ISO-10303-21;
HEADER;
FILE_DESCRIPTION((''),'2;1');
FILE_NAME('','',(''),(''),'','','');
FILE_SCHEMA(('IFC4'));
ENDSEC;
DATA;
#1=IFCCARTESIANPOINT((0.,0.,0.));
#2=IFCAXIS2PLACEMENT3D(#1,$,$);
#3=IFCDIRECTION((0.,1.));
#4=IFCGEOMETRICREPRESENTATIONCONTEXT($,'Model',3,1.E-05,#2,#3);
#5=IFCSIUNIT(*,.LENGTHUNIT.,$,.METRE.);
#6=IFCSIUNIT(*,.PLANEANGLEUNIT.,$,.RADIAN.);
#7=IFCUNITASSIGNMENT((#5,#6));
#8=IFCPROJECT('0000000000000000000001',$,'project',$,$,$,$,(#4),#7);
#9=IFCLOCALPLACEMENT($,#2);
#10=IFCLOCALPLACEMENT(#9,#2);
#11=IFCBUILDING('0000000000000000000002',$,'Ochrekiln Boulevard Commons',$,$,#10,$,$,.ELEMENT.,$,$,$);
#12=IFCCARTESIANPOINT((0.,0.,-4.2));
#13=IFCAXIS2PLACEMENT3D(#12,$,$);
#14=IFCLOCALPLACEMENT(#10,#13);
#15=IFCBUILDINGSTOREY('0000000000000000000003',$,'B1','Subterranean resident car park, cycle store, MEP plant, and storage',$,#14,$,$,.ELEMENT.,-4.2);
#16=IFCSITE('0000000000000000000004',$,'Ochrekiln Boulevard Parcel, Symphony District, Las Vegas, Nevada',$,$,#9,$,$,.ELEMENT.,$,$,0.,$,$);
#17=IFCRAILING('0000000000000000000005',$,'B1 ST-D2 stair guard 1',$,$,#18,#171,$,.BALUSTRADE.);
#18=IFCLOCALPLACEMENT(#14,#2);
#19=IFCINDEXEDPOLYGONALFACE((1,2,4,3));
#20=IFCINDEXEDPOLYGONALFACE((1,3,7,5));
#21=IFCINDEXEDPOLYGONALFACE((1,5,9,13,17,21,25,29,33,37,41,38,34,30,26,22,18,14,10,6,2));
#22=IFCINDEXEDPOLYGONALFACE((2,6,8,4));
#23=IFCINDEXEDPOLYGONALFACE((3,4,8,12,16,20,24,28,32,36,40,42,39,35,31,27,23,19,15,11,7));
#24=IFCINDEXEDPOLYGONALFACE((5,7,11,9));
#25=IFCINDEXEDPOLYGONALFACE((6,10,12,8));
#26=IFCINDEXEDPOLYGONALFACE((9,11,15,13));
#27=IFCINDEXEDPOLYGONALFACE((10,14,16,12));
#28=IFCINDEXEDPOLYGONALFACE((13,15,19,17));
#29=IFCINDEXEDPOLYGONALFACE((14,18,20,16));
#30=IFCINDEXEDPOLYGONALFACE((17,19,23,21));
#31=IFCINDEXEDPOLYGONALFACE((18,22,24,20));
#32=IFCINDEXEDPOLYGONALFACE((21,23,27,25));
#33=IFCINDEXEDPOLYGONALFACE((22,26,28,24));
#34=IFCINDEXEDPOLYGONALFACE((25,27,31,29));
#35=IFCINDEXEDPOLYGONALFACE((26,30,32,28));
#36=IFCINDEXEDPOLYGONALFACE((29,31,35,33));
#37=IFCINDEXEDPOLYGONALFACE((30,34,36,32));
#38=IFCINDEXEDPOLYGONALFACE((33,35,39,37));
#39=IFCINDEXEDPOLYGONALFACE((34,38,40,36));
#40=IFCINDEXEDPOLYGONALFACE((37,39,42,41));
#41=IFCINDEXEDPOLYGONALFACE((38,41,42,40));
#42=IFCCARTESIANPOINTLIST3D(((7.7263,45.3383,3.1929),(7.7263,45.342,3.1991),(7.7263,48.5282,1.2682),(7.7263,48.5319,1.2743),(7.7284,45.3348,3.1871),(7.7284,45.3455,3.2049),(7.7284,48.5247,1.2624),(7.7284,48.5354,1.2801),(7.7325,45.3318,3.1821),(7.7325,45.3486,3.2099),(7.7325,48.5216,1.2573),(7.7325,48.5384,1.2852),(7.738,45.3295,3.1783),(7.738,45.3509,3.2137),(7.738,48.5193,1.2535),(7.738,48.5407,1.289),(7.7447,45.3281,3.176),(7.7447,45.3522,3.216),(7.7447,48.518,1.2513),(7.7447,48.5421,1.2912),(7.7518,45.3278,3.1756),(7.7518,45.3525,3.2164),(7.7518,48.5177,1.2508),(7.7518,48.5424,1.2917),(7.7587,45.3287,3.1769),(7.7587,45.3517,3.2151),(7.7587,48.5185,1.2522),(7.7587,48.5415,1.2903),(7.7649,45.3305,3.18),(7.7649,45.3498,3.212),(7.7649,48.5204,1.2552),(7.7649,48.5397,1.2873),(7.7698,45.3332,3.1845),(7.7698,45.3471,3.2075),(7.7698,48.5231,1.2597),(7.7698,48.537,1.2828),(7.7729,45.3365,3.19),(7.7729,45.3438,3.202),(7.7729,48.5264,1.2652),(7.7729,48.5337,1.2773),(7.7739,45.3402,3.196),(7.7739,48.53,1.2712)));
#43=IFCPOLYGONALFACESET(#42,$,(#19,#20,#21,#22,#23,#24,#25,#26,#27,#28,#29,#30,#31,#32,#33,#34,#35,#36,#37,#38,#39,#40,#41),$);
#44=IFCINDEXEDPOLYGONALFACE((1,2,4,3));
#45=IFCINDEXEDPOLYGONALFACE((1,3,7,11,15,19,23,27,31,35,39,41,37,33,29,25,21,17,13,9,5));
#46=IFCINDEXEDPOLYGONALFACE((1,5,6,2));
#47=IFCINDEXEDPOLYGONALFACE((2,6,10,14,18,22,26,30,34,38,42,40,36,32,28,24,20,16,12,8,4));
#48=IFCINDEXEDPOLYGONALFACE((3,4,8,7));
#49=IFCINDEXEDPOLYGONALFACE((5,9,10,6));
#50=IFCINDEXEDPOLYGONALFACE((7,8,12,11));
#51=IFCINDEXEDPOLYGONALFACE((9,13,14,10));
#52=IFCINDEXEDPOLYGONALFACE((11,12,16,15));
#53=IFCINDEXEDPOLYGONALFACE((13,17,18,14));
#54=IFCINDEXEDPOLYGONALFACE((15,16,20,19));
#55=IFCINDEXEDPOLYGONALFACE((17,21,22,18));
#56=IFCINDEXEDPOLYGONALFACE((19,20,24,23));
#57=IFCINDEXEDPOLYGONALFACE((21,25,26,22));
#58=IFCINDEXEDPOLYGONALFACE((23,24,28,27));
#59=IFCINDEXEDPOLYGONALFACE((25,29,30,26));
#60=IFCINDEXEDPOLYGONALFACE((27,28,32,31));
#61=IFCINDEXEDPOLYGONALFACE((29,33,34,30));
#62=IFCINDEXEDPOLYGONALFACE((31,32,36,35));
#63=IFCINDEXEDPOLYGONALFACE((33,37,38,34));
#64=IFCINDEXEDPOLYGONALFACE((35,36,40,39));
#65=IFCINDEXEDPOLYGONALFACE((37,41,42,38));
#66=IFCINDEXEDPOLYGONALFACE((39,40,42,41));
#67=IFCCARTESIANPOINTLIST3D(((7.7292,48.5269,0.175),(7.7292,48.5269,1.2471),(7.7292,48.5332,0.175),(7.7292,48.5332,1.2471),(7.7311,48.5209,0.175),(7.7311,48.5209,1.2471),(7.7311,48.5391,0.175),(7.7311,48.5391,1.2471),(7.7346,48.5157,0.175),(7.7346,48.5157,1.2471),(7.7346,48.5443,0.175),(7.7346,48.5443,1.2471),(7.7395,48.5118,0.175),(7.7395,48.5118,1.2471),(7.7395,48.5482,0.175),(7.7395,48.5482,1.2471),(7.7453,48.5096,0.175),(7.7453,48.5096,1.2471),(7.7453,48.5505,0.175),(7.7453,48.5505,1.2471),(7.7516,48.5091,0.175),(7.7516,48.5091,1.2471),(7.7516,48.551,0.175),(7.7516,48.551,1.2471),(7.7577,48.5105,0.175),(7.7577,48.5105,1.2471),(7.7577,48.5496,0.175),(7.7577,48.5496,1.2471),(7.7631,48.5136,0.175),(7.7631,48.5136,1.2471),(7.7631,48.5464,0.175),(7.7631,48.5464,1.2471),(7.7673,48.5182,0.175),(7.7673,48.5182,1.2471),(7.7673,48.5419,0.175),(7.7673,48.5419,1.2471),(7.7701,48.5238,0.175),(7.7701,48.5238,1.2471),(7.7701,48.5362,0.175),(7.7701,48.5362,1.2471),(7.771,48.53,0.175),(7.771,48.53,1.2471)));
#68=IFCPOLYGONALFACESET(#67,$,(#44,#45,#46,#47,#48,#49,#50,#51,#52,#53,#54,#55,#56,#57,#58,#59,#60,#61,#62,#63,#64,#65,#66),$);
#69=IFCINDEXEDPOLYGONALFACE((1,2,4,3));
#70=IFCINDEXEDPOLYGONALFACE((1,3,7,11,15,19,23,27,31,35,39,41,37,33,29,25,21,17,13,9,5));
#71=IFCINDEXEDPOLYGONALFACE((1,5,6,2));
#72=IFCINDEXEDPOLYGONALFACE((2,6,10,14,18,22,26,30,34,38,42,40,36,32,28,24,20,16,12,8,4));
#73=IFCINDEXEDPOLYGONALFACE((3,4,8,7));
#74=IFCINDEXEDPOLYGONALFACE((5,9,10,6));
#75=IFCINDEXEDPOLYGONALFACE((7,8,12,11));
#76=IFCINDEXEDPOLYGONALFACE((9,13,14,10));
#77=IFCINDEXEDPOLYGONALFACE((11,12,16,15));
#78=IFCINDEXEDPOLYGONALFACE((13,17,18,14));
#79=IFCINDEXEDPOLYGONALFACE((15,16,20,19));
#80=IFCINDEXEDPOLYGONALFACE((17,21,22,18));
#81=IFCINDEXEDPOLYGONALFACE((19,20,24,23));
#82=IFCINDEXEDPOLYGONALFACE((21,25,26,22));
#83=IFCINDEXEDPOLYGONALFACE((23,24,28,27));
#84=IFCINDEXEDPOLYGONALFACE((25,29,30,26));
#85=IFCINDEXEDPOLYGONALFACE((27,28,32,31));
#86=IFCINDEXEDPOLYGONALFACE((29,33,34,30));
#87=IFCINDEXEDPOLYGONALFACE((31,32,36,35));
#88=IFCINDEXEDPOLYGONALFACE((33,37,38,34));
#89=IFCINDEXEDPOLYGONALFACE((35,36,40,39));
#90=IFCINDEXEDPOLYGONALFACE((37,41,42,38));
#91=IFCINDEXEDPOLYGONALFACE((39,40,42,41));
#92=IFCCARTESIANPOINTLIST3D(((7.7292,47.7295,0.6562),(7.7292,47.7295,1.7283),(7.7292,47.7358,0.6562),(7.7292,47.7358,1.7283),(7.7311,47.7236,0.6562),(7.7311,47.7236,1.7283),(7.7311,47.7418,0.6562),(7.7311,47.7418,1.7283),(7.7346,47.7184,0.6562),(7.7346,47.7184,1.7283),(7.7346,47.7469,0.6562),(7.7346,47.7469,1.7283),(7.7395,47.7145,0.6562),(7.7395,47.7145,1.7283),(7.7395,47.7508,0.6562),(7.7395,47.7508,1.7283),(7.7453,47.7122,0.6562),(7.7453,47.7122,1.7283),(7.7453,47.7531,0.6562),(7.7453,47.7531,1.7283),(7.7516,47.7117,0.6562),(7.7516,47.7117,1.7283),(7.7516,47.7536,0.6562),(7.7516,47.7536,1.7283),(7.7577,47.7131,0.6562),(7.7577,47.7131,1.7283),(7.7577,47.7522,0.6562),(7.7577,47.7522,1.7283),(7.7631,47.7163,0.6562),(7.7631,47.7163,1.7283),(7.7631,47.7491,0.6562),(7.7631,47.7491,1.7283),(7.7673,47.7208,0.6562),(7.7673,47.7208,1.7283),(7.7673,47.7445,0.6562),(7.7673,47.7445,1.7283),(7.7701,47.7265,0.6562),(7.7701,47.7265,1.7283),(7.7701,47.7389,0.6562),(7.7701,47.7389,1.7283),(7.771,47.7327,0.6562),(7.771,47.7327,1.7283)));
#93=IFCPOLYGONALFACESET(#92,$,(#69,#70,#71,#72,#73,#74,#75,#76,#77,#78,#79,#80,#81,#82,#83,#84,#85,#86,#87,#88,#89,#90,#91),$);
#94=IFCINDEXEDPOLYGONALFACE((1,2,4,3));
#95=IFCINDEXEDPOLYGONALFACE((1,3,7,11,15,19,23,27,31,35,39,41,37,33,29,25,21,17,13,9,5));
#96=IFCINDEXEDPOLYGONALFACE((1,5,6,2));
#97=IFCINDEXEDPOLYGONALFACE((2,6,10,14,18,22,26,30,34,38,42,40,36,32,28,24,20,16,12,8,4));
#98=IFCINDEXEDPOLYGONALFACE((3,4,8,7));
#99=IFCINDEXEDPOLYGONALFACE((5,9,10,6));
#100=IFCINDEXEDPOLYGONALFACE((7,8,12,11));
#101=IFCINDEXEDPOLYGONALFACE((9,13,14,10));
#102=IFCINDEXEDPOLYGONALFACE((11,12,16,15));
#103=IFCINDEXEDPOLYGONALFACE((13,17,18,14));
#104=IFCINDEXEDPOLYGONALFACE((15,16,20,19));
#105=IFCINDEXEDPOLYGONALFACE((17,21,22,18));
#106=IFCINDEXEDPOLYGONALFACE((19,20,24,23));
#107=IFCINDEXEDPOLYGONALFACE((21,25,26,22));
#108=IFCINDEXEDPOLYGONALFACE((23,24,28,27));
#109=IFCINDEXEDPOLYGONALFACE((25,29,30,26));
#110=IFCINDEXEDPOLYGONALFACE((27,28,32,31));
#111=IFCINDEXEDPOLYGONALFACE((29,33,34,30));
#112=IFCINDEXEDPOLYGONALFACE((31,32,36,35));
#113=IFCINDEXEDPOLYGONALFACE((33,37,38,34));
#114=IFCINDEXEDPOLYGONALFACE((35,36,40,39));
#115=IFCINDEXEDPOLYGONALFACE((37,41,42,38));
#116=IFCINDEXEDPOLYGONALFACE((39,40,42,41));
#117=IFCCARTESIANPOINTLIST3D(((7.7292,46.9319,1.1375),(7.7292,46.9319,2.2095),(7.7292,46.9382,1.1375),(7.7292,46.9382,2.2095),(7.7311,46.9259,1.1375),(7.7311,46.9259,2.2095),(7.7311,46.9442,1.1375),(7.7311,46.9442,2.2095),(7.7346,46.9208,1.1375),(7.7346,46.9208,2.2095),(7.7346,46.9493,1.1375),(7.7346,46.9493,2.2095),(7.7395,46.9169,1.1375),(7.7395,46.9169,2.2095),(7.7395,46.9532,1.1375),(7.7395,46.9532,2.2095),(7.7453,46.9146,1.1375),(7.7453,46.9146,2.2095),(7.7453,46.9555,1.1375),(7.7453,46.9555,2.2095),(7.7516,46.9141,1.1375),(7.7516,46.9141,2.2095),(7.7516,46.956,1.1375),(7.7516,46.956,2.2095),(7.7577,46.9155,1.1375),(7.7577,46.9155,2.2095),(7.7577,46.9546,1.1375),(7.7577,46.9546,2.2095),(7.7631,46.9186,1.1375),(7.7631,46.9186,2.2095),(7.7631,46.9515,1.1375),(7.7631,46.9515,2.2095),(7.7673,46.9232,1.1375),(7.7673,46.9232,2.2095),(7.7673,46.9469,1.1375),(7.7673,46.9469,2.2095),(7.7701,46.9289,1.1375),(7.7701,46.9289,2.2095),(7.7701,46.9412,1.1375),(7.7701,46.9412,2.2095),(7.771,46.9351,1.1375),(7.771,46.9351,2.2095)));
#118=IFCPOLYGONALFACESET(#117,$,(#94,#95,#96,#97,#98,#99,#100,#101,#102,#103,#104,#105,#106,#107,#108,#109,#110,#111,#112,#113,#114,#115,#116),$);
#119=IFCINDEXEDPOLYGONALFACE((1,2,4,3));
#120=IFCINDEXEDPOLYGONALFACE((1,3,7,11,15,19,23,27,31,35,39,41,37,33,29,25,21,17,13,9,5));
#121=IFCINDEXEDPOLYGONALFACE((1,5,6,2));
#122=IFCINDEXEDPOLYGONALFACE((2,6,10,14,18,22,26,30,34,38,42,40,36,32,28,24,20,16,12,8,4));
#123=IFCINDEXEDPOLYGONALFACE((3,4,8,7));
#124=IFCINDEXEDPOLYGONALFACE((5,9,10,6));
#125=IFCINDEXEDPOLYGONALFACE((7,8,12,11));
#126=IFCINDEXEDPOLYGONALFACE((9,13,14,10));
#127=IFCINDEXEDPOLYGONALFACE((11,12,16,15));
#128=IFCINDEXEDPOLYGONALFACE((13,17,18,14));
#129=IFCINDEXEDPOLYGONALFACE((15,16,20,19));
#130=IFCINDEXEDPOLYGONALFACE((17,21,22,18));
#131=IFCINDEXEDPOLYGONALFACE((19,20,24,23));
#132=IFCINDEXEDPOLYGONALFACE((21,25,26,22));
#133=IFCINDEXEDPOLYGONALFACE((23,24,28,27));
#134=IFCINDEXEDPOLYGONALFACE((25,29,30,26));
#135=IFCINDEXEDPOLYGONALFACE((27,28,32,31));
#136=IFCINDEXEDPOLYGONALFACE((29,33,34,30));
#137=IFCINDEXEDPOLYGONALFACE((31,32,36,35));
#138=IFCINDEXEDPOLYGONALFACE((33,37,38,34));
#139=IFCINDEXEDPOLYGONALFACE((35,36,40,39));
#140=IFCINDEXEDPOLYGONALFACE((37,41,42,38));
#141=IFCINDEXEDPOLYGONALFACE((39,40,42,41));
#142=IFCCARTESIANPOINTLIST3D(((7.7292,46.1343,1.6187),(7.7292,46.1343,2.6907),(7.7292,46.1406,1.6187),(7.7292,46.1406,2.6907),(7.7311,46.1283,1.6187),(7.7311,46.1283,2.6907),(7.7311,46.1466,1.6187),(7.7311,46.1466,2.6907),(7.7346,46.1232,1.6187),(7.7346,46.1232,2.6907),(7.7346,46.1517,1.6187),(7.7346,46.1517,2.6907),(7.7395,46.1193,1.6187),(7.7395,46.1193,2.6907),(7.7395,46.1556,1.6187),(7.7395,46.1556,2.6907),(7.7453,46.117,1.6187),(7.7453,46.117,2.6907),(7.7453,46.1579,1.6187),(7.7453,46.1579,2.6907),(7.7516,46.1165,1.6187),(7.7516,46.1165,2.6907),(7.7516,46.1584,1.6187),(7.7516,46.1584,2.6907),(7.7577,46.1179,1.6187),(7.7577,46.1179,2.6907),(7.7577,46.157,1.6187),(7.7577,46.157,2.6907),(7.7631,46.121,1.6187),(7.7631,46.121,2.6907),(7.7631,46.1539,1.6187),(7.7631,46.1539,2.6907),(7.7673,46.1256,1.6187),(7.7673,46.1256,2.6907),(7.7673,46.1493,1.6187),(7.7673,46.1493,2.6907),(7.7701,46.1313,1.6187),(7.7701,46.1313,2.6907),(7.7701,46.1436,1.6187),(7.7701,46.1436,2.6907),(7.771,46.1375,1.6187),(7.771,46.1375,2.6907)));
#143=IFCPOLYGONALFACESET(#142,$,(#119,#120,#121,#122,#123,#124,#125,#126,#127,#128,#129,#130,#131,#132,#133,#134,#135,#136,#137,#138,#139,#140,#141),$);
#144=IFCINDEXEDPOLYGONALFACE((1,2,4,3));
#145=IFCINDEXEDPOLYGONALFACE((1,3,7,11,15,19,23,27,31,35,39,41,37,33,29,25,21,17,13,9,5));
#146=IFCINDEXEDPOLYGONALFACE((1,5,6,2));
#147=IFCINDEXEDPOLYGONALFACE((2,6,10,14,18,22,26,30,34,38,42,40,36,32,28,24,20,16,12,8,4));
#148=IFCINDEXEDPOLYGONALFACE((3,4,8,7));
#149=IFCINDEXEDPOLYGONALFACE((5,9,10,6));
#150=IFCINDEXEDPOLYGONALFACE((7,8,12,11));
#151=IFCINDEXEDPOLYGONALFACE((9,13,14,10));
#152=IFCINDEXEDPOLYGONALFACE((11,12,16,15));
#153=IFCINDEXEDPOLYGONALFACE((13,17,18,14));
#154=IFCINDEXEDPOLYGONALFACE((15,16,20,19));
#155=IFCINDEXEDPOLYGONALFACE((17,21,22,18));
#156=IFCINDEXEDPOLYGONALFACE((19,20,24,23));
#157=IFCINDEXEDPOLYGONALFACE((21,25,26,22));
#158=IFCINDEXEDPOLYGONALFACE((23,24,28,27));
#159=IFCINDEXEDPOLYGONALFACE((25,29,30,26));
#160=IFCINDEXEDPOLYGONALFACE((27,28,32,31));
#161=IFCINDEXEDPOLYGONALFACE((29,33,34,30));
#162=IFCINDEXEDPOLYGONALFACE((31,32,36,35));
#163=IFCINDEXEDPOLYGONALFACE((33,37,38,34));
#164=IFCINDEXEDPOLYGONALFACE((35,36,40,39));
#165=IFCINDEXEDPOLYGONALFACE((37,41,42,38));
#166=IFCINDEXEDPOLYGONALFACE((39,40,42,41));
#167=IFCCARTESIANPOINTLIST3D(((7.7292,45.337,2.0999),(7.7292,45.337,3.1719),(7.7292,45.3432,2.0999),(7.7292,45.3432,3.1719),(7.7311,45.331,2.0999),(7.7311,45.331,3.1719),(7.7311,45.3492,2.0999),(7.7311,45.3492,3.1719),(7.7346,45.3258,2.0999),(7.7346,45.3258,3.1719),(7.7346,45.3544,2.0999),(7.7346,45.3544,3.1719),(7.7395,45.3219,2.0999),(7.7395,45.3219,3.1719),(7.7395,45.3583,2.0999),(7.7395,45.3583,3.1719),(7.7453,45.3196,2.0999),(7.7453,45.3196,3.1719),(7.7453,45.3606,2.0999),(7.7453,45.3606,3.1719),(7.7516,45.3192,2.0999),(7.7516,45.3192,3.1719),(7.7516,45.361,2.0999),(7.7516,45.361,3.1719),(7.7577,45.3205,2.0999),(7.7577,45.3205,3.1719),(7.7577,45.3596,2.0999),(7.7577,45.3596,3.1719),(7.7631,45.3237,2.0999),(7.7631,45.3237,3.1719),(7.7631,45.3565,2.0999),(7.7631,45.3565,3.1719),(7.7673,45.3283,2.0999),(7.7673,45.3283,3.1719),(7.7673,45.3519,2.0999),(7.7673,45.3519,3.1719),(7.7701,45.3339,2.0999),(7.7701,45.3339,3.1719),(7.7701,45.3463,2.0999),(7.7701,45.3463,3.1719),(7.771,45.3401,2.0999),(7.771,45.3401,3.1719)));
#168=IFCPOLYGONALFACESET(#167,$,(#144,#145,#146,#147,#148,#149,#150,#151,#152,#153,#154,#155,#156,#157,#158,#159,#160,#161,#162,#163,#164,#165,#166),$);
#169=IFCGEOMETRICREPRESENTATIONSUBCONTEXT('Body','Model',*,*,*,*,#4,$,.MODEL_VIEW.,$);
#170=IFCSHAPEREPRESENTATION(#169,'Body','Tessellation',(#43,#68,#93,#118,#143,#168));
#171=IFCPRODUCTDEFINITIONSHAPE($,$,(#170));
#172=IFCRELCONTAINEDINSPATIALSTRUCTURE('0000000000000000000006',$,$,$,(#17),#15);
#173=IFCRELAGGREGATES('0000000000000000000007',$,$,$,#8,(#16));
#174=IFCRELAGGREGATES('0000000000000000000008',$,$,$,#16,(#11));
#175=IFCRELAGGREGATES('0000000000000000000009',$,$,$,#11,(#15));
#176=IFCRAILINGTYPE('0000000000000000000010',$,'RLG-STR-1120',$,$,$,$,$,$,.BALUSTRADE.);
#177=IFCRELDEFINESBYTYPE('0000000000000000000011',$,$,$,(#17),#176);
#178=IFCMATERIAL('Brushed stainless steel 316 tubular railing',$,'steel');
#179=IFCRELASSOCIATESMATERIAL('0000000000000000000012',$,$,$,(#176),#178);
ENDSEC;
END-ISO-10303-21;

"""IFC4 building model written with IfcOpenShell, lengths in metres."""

from ifc_helpers import new_model, si_unit, direction, frame, origin, origin_2d, place, context, subcontext, project, spatial, circle, extrude, material, type_object, element, save


model = new_model("IFC4")

# Units and contexts
model_context = context("Model", 3, precision=1e-05, world=origin(), true_north=direction((0.0, 1.0)))
body_context = subcontext(model_context, "Body", "Model", "MODEL_VIEW")
ifc_project = project(units=[si_unit("LENGTHUNIT", "METRE"), si_unit("PLANEANGLEUNIT", "RADIAN")], contexts=[model_context])

# Site, building, storey
site_placement = place(None, origin())
site = spatial("IfcSite", under=ifc_project, at=site_placement, Name="Ochrekiln Boulevard Parcel, Symphony District, Las Vegas, Nevada", CompositionType="ELEMENT", RefElevation=0.0)
building_placement = place(site_placement, origin())
building = spatial("IfcBuilding", under=site, at=building_placement, Name="Ochrekiln Boulevard Commons", CompositionType="ELEMENT")
storey_placement = place(building_placement, frame((0.0, 0.0, -4.2)))
storey = spatial("IfcBuildingStorey", under=building, at=storey_placement, Name="B1", Description="Subterranean resident car park, cycle store, MEP plant, and storage", CompositionType="ELEMENT", Elevation=-4.2)

# Railing
ifc_material_1 = material(Name="Brushed stainless steel 316 tubular railing", Category="steel")
railing_type_1 = type_object("IfcRailingType", Name="RLG-STR-1120", PredefinedType="BALUSTRADE", material=ifc_material_1)
railing_1_placement = place(storey_placement, frame((7.75, 48.53, 0.175)))
element("IfcRailing", 1, at=railing_1_placement, inside=storey, type_object=railing_type_1, Name="B1 ST-D2 stair guard 1", PredefinedType="BALUSTRADE", context=body_context, shape_type="SweptSolid", body=[
    extrude(circle(Radius=0.0239, at=origin_2d()), frame((0.0, 0.0, 1.0962), z_axis=(0.0, -0.856207, 0.516633), x_axis=(1.0, 0.0, 0.0)), (0.0, 0.0, 1.0), 3.7256),
    extrude(circle(Radius=0.021, at=origin_2d()), origin(), (0.0, 0.0, 1.0), 1.072),
    extrude(circle(Radius=0.021, at=origin_2d()), frame((0.0, -0.7974, 0.4812)), (0.0, 0.0, 1.0), 1.072),
    extrude(circle(Radius=0.021, at=origin_2d()), frame((0.0, -1.595, 0.9624)), (0.0, 0.0, 1.0), 1.072),
    extrude(circle(Radius=0.021, at=origin_2d()), frame((0.0, -2.3926, 1.4436)), (0.0, 0.0, 1.0), 1.072),
    extrude(circle(Radius=0.021, at=origin_2d()), frame((0.0, -3.1899, 1.9248)), (0.0, 0.0, 1.0), 1.072),
])

save(model, "model.ifc")
